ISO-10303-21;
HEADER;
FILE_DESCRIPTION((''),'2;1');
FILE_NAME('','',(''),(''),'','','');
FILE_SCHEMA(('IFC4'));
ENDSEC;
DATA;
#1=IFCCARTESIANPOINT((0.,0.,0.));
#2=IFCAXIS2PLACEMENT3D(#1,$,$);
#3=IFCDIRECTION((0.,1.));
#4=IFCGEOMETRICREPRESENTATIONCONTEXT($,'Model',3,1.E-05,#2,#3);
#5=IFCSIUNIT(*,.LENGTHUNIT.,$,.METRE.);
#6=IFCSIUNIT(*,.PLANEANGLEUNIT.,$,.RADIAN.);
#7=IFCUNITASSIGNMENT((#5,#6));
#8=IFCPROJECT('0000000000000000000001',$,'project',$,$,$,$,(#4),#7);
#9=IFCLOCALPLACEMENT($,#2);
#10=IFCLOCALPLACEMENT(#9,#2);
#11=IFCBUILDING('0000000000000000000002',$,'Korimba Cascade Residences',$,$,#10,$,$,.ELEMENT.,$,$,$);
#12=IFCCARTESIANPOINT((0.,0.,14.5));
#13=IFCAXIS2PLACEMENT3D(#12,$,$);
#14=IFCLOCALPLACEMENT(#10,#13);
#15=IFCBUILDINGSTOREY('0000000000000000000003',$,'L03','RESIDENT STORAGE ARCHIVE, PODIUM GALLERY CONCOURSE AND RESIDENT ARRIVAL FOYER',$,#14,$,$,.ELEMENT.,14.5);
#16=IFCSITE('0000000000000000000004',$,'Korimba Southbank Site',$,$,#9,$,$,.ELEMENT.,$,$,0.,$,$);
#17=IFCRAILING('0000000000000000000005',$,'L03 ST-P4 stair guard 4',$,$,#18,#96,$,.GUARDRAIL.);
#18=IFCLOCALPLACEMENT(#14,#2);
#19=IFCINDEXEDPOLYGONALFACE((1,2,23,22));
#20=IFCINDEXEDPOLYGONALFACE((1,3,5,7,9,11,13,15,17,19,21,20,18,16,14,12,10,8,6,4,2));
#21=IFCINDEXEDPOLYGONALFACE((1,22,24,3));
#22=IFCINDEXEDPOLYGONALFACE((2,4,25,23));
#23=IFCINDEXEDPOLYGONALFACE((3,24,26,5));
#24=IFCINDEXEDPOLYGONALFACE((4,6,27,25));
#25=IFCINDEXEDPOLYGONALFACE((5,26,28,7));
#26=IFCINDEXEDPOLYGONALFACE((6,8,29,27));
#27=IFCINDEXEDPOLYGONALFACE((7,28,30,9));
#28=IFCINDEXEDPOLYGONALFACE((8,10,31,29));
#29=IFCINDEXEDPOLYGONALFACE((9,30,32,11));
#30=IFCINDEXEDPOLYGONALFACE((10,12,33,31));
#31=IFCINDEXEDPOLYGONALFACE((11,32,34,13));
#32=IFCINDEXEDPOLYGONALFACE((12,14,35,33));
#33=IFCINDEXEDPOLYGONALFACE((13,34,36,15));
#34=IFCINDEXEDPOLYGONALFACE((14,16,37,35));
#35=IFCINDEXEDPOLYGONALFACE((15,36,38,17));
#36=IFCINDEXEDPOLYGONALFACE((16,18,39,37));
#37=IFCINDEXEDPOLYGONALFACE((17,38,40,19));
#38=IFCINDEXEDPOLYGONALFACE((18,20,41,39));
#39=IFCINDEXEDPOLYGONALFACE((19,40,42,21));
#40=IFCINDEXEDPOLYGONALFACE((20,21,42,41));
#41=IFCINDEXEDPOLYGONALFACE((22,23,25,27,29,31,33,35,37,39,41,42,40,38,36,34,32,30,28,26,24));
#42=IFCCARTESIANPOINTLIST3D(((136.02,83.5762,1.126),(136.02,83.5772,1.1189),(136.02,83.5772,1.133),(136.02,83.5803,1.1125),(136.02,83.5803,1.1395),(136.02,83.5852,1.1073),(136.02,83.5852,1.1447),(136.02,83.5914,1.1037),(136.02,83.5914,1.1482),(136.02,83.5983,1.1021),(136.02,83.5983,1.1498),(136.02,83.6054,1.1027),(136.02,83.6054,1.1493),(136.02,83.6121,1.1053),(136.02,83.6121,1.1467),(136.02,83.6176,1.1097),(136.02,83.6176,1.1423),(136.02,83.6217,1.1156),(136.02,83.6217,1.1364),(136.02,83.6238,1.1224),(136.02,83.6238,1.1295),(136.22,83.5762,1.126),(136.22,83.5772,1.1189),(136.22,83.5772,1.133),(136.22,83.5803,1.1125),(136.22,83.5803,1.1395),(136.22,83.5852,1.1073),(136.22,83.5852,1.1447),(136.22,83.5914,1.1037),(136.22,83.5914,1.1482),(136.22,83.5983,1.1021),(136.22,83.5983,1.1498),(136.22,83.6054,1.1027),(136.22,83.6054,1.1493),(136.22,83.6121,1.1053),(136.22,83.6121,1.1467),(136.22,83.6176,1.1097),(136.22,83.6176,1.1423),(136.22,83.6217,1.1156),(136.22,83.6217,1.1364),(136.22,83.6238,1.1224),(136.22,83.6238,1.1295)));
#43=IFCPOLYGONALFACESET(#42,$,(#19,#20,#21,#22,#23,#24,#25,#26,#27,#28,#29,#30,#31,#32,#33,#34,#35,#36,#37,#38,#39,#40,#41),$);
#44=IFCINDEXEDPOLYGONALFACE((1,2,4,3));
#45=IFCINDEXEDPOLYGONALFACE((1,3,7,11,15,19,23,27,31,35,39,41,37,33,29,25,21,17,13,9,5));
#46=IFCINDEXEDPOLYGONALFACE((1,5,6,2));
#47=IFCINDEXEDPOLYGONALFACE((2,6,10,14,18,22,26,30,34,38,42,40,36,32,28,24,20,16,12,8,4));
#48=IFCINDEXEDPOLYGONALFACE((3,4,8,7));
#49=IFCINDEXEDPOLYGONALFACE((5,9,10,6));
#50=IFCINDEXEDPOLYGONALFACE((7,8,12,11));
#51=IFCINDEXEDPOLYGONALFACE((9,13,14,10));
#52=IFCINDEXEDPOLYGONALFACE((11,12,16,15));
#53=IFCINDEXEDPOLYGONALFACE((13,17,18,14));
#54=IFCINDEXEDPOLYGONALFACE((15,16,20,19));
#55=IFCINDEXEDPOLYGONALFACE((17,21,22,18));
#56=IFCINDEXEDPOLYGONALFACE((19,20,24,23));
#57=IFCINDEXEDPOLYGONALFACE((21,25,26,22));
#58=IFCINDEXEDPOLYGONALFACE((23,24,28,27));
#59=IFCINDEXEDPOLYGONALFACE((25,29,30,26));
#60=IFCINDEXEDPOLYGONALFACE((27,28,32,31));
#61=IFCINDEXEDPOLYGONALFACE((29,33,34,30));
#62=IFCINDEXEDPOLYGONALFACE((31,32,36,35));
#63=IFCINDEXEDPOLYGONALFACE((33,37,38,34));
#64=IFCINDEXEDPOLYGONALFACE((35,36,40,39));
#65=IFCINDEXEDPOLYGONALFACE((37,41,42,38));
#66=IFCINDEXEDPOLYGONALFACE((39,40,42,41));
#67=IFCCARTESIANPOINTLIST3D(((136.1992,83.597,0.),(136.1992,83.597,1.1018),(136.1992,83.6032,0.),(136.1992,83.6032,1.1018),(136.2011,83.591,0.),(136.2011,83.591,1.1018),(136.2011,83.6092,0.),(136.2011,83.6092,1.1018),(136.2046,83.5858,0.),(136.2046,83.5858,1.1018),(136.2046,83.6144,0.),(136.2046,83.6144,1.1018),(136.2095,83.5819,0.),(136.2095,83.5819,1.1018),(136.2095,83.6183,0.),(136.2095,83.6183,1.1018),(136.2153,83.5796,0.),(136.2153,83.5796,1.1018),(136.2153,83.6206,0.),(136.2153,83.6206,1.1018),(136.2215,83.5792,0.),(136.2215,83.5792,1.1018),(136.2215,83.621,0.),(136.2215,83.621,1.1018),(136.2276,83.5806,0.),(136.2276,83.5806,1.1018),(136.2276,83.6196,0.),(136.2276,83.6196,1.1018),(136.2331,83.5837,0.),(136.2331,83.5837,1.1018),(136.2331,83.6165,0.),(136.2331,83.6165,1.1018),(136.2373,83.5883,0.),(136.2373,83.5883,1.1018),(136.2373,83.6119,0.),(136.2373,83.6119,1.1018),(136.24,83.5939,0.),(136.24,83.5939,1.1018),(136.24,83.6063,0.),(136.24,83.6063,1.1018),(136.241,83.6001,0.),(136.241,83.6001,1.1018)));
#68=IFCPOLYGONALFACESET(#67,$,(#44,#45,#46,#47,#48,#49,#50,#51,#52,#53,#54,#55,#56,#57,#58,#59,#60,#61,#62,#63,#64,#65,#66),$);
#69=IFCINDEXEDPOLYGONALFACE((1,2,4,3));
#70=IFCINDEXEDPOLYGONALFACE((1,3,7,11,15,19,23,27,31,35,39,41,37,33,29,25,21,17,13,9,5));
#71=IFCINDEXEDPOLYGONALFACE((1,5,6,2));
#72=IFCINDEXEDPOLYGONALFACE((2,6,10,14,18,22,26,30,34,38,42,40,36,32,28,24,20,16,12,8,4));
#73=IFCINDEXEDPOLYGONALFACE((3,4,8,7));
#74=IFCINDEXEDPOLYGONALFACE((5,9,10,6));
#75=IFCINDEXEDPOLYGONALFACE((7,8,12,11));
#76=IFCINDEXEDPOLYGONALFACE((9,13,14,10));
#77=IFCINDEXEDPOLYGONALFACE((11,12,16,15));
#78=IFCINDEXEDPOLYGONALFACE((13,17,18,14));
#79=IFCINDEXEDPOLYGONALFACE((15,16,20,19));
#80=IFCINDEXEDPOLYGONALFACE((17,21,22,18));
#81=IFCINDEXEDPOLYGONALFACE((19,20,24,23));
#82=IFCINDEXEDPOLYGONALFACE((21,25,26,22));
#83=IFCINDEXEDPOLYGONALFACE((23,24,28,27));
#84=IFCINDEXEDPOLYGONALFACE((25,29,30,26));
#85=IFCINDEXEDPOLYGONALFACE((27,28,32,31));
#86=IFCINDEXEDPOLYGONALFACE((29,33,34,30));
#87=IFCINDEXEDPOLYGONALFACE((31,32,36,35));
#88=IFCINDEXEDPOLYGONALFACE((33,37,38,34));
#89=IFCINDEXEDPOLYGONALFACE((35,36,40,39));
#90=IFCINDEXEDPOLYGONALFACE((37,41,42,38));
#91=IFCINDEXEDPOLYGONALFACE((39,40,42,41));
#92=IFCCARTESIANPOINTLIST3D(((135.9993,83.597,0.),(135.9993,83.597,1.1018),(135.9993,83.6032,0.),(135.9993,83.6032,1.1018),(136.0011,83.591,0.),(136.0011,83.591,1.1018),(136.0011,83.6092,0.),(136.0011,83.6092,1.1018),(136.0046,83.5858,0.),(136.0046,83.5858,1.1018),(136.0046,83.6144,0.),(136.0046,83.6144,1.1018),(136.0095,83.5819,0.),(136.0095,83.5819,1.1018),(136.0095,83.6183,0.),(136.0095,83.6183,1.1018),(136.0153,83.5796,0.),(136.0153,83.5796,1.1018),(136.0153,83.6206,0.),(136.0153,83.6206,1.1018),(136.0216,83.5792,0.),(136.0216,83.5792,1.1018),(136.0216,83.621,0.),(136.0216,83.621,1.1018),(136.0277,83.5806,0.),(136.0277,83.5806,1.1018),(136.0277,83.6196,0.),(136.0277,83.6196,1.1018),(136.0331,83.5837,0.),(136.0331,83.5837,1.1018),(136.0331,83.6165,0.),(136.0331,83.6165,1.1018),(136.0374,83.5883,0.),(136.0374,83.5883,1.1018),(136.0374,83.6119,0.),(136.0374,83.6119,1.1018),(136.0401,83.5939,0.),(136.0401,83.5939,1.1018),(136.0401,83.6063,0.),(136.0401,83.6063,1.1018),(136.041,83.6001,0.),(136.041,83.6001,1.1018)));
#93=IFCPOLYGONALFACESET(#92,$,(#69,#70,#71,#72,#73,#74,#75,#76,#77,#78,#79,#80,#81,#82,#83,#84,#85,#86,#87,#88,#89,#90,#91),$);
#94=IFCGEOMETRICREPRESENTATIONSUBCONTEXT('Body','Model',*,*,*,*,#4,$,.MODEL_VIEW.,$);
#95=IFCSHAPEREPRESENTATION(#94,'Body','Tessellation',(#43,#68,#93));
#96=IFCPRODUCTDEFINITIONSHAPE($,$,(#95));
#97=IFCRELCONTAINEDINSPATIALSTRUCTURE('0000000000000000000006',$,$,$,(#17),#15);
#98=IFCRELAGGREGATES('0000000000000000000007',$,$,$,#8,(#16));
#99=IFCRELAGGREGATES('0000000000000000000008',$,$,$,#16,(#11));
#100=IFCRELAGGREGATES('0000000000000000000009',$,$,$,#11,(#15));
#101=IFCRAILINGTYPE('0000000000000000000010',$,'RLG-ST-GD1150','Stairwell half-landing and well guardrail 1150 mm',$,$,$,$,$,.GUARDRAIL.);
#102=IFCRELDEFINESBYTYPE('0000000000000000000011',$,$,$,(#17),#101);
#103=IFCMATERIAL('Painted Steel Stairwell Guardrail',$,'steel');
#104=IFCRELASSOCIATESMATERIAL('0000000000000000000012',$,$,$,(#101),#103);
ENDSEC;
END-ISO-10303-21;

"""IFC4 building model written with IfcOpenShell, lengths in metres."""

from ifc_helpers import new_model, si_unit, direction, frame, origin, origin_2d, place, context, subcontext, project, spatial, circle, extrude, material, type_object, element, save


model = new_model("IFC4")

# Units and contexts
model_context = context("Model", 3, precision=1e-05, world=origin(), true_north=direction((0.0, 1.0)))
body_context = subcontext(model_context, "Body", "Model", "MODEL_VIEW")
ifc_project = project(units=[si_unit("LENGTHUNIT", "METRE"), si_unit("PLANEANGLEUNIT", "RADIAN")], contexts=[model_context])

# Site, building, storey
site_placement = place(None, origin())
site = spatial("IfcSite", under=ifc_project, at=site_placement, Name="Korimba Southbank Site", CompositionType="ELEMENT", RefElevation=0.0)
building_placement = place(site_placement, origin())
building = spatial("IfcBuilding", under=site, at=building_placement, Name="Korimba Cascade Residences", CompositionType="ELEMENT")
storey_placement = place(building_placement, frame((0.0, 0.0, 14.5)))
storey = spatial("IfcBuildingStorey", under=building, at=storey_placement, Name="L03", Description="RESIDENT STORAGE ARCHIVE, PODIUM GALLERY CONCOURSE AND RESIDENT ARRIVAL FOYER", CompositionType="ELEMENT", Elevation=14.5)

# Railing
ifc_material_1 = material(Name="Painted Steel Stairwell Guardrail", Category="steel")
railing_type_1 = type_object("IfcRailingType", Name="RLG-ST-GD1150", Description="Stairwell half-landing and well guardrail 1150 mm", PredefinedType="GUARDRAIL", material=ifc_material_1)
railing_1_placement = place(storey_placement, frame((136.22, 83.6001, 0.0)))
element("IfcRailing", 1, at=railing_1_placement, inside=storey, type_object=railing_type_1, Name="L03 ST-P4 stair guard 4", PredefinedType="GUARDRAIL", context=body_context, shape_type="SweptSolid", body=[
    extrude(circle(Radius=0.0239, at=origin_2d()), frame((0.0, 0.0, 1.126), z_axis=(-1.0, 0.0, 0.0), x_axis=(0.0, -1.0, 0.0)), (0.0, 0.0, 1.0), 0.2),
    extrude(circle(Radius=0.021, at=origin_2d()), origin(), (0.0, 0.0, 1.0), 1.1018),
    extrude(circle(Radius=0.021, at=origin_2d()), frame((-0.2, 0.0, 0.0)), (0.0, 0.0, 1.0), 1.1018),
])

save(model, "model.ifc")
